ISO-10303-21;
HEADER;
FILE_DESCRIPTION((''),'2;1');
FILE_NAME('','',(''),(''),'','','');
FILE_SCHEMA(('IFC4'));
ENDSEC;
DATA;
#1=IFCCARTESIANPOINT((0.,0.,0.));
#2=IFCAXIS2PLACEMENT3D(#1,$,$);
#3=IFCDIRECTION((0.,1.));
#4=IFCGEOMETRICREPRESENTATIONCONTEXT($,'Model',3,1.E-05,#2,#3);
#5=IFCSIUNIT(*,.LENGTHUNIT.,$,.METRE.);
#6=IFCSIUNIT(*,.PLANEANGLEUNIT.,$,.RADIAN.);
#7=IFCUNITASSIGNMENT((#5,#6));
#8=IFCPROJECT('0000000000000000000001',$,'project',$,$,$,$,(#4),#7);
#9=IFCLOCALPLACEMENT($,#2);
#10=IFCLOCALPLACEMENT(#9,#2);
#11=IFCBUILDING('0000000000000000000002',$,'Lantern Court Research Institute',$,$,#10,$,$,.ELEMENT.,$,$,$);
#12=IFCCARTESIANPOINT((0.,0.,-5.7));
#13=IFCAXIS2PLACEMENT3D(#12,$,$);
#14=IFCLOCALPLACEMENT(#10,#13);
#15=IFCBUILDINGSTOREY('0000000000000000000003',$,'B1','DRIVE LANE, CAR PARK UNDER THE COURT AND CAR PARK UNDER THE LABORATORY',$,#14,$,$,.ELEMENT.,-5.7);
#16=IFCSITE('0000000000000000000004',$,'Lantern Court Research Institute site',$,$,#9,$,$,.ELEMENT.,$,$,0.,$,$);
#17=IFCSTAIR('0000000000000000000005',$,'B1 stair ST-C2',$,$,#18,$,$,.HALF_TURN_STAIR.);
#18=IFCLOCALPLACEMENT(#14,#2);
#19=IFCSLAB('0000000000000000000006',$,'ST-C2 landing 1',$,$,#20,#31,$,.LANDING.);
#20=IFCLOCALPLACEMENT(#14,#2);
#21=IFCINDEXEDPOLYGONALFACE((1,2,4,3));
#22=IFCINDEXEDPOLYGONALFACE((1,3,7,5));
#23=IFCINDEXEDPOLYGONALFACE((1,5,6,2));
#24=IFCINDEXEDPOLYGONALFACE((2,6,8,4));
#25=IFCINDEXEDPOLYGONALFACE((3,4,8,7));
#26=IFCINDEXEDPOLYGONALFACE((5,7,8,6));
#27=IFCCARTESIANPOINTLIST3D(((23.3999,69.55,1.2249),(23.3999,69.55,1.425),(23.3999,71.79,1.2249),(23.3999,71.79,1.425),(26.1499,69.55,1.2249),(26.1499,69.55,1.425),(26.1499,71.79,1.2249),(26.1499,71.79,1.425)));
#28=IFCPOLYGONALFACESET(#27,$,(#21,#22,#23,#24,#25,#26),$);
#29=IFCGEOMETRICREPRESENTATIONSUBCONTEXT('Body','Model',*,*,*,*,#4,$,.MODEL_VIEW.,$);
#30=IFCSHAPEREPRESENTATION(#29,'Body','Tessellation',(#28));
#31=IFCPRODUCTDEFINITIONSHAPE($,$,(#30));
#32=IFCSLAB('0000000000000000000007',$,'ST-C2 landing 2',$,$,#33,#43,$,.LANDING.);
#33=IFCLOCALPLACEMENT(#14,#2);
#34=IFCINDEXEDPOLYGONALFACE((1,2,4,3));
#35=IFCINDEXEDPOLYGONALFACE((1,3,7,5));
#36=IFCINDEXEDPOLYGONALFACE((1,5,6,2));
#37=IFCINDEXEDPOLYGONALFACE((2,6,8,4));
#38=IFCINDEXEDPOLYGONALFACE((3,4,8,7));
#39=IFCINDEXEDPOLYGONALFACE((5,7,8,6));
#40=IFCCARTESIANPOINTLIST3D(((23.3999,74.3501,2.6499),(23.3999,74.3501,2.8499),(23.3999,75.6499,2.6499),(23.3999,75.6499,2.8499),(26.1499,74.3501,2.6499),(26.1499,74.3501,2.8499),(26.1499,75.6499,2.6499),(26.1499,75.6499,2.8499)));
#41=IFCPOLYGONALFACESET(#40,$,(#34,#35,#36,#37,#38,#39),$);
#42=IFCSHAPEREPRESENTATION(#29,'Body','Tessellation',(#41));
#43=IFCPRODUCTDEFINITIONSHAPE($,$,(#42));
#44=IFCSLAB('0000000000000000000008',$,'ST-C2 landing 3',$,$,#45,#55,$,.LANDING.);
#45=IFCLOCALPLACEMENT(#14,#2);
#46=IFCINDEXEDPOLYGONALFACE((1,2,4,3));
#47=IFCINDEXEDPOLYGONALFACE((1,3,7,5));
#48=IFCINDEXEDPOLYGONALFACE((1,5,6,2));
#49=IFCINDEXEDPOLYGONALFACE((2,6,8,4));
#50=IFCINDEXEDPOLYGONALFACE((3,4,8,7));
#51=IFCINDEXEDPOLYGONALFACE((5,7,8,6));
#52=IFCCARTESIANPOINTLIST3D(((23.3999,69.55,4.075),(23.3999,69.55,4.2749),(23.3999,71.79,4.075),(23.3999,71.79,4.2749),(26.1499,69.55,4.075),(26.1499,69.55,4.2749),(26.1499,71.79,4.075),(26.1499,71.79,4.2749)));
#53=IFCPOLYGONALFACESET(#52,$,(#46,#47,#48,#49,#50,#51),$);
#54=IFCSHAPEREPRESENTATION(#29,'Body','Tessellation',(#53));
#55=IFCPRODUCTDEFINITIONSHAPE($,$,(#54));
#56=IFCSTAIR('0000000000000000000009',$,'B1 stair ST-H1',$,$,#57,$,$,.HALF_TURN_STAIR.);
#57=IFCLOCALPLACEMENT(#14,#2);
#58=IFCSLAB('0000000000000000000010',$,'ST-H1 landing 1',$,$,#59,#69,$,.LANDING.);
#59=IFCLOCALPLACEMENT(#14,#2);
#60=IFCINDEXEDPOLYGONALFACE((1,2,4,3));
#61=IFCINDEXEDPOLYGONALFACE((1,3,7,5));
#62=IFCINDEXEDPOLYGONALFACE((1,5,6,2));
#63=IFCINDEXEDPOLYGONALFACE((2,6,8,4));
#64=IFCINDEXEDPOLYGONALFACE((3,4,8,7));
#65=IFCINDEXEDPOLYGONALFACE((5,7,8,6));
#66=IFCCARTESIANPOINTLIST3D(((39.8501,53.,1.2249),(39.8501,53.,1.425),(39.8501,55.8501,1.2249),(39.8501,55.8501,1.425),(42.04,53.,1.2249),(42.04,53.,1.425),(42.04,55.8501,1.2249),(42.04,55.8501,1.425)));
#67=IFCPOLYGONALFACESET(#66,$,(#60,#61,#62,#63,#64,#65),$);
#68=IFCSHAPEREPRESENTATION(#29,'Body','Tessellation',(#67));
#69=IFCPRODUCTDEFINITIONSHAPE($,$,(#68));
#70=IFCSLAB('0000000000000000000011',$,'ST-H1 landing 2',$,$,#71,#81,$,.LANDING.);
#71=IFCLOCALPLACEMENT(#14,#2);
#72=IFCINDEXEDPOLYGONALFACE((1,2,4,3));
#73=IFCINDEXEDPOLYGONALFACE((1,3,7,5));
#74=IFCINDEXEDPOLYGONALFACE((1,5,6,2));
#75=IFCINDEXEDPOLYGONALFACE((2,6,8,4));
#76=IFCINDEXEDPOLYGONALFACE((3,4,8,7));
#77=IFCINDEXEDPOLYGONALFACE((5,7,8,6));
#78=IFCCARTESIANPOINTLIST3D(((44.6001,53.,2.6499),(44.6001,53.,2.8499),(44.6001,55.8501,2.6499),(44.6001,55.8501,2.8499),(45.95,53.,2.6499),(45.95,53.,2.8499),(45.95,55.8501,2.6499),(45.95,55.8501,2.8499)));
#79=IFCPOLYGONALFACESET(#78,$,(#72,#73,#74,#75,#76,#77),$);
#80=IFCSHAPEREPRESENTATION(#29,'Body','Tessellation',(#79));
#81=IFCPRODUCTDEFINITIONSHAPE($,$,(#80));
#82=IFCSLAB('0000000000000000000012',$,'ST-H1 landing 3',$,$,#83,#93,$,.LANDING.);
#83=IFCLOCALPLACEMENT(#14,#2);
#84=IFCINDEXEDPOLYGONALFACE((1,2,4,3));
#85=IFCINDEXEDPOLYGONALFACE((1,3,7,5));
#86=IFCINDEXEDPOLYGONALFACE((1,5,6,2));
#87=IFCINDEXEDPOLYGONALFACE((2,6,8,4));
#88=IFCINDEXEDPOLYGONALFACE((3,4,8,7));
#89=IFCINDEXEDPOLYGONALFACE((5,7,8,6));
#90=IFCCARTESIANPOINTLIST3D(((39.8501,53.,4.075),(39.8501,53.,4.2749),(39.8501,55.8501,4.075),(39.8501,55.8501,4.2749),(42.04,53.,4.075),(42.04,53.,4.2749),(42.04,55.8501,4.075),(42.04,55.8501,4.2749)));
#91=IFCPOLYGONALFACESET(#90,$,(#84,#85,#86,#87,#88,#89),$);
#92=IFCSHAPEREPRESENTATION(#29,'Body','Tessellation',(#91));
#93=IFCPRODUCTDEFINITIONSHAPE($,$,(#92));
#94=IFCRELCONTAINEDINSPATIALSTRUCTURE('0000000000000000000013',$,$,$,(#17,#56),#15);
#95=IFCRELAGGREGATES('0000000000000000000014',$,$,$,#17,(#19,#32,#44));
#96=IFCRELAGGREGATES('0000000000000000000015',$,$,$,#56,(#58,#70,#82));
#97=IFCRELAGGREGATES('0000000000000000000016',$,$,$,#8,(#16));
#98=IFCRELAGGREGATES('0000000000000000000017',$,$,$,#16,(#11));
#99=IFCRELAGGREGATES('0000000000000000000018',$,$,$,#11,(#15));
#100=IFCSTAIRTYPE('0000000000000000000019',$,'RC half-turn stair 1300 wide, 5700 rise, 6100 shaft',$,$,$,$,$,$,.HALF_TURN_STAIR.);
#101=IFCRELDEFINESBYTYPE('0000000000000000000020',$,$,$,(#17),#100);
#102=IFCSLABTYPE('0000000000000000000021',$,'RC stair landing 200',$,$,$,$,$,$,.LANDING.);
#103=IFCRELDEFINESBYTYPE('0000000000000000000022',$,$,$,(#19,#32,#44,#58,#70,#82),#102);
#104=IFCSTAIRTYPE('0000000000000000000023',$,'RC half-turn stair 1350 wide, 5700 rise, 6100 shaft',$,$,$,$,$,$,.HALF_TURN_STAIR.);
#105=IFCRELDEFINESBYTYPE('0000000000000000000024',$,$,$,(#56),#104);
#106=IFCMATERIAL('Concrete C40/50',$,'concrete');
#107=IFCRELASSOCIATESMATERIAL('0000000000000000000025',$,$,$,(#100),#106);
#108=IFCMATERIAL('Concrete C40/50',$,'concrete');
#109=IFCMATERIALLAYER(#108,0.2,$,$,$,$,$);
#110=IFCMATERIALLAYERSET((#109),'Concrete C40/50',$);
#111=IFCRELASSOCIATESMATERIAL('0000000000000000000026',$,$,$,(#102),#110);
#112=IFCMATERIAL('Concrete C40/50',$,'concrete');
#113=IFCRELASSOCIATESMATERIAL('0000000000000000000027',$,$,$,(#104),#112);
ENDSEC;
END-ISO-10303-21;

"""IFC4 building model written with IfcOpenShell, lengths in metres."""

from ifc_helpers import new_model, si_unit, direction, frame, origin, place, context, subcontext, project, spatial, polyline, outline, extrude, material, layer, layer_set, type_object, element, aggregate, save


model = new_model("IFC4")

# Units and contexts
model_context = context("Model", 3, precision=1e-05, world=origin(), true_north=direction((0.0, 1.0)))
body_context = subcontext(model_context, "Body", "Model", "MODEL_VIEW")
ifc_project = project(units=[si_unit("LENGTHUNIT", "METRE"), si_unit("PLANEANGLEUNIT", "RADIAN")], contexts=[model_context])

# Site, building, storey
site_placement = place(None, origin())
site = spatial("IfcSite", under=ifc_project, at=site_placement, Name="Lantern Court Research Institute site", CompositionType="ELEMENT", RefElevation=0.0)
building_placement = place(site_placement, origin())
building = spatial("IfcBuilding", under=site, at=building_placement, Name="Lantern Court Research Institute", CompositionType="ELEMENT")
storey_placement = place(building_placement, frame((0.0, 0.0, -5.7)))
storey = spatial("IfcBuildingStorey", under=building, at=storey_placement, Name="B1", Description="DRIVE LANE, CAR PARK UNDER THE COURT AND CAR PARK UNDER THE LABORATORY", CompositionType="ELEMENT", Elevation=-5.7)

# Stairs, slabs
ifc_material_1 = material(Name="Concrete C40/50", Category="concrete")
stair_type_1 = type_object("IfcStairType", Name="RC half-turn stair 1300 wide, 5700 rise, 6100 shaft", PredefinedType="HALF_TURN_STAIR", material=ifc_material_1)
ifc_material_2 = material(Name="Concrete C40/50", Category="concrete")
ifc_layer = layer(ifc_material_2, 0.2)
ifc_layer_set = layer_set([ifc_layer], Name="Concrete C40/50")
slab_type = type_object("IfcSlabType", Name="RC stair landing 200", PredefinedType="LANDING", material=ifc_layer_set)
ifc_material_3 = material(Name="Concrete C40/50", Category="concrete")
stair_type_2 = type_object("IfcStairType", Name="RC half-turn stair 1350 wide, 5700 rise, 6100 shaft", PredefinedType="HALF_TURN_STAIR", material=ifc_material_3)
stair_1_placement = place(storey_placement, origin())
stair_1 = element("IfcStair", 1, at=stair_1_placement, inside=storey, type_object=stair_type_1, Name="B1 stair ST-C2", PredefinedType="HALF_TURN_STAIR")
slab_1_placement = place(storey_placement, frame((0.0, 0.0, 1.2249)))
slab_1 = element("IfcSlab", 2, at=slab_1_placement, type_object=slab_type, Name="ST-C2 landing 1", PredefinedType="LANDING", context=body_context, shape_type="SweptSolid", body=[
    extrude(outline(polyline([(23.3999, 71.79), (23.3999, 69.55), (26.1499, 69.55), (26.1499, 71.79), (23.3999, 71.79)])), origin(), (0.0, 0.0, 1.0), 0.2002),
])
slab_2_placement = place(storey_placement, frame((0.0, 0.0, 2.6499)))
slab_2 = element("IfcSlab", 3, at=slab_2_placement, type_object=slab_type, Name="ST-C2 landing 2", PredefinedType="LANDING", context=body_context, shape_type="SweptSolid", body=[
    extrude(outline(polyline([(23.3999, 75.6499), (23.3999, 74.3501), (26.1499, 74.3501), (26.1499, 75.6499), (23.3999, 75.6499)])), origin(), (0.0, 0.0, 1.0), 0.2),
])
slab_3_placement = place(storey_placement, frame((0.0, 0.0, 4.075)))
slab_3 = element("IfcSlab", 4, at=slab_3_placement, type_object=slab_type, Name="ST-C2 landing 3", PredefinedType="LANDING", context=body_context, shape_type="SweptSolid", body=[
    extrude(outline(polyline([(23.3999, 71.79), (23.3999, 69.55), (26.1499, 69.55), (26.1499, 71.79), (23.3999, 71.79)])), origin(), (0.0, 0.0, 1.0), 0.2),
])
aggregate(stair_1, [slab_1, slab_2, slab_3])
stair_2_placement = place(storey_placement, origin())
stair_2 = element("IfcStair", 5, at=stair_2_placement, inside=storey, type_object=stair_type_2, Name="B1 stair ST-H1", PredefinedType="HALF_TURN_STAIR")
slab_4_placement = place(storey_placement, frame((0.0, 0.0, 1.2249)))
slab_4 = element("IfcSlab", 6, at=slab_4_placement, type_object=slab_type, Name="ST-H1 landing 1", PredefinedType="LANDING", context=body_context, shape_type="SweptSolid", body=[
    extrude(outline(polyline([(42.04, 55.8501), (39.8501, 55.8501), (39.8501, 53.0), (42.04, 53.0), (42.04, 55.8501)])), origin(), (0.0, 0.0, 1.0), 0.2002),
])
slab_5_placement = place(storey_placement, frame((0.0, 0.0, 2.6499)))
slab_5 = element("IfcSlab", 7, at=slab_5_placement, type_object=slab_type, Name="ST-H1 landing 2", PredefinedType="LANDING", context=body_context, shape_type="SweptSolid", body=[
    extrude(outline(polyline([(45.95, 55.8501), (44.6001, 55.8501), (44.6001, 53.0), (45.95, 53.0), (45.95, 55.8501)])), origin(), (0.0, 0.0, 1.0), 0.2),
])
slab_6_placement = place(storey_placement, frame((0.0, 0.0, 4.075)))
slab_6 = element("IfcSlab", 8, at=slab_6_placement, type_object=slab_type, Name="ST-H1 landing 3", PredefinedType="LANDING", context=body_context, shape_type="SweptSolid", body=[
    extrude(outline(polyline([(42.04, 55.8501), (39.8501, 55.8501), (39.8501, 53.0), (42.04, 53.0), (42.04, 55.8501)])), origin(), (0.0, 0.0, 1.0), 0.2),
])
aggregate(stair_2, [slab_4, slab_5, slab_6])

save(model, "model.ifc")
